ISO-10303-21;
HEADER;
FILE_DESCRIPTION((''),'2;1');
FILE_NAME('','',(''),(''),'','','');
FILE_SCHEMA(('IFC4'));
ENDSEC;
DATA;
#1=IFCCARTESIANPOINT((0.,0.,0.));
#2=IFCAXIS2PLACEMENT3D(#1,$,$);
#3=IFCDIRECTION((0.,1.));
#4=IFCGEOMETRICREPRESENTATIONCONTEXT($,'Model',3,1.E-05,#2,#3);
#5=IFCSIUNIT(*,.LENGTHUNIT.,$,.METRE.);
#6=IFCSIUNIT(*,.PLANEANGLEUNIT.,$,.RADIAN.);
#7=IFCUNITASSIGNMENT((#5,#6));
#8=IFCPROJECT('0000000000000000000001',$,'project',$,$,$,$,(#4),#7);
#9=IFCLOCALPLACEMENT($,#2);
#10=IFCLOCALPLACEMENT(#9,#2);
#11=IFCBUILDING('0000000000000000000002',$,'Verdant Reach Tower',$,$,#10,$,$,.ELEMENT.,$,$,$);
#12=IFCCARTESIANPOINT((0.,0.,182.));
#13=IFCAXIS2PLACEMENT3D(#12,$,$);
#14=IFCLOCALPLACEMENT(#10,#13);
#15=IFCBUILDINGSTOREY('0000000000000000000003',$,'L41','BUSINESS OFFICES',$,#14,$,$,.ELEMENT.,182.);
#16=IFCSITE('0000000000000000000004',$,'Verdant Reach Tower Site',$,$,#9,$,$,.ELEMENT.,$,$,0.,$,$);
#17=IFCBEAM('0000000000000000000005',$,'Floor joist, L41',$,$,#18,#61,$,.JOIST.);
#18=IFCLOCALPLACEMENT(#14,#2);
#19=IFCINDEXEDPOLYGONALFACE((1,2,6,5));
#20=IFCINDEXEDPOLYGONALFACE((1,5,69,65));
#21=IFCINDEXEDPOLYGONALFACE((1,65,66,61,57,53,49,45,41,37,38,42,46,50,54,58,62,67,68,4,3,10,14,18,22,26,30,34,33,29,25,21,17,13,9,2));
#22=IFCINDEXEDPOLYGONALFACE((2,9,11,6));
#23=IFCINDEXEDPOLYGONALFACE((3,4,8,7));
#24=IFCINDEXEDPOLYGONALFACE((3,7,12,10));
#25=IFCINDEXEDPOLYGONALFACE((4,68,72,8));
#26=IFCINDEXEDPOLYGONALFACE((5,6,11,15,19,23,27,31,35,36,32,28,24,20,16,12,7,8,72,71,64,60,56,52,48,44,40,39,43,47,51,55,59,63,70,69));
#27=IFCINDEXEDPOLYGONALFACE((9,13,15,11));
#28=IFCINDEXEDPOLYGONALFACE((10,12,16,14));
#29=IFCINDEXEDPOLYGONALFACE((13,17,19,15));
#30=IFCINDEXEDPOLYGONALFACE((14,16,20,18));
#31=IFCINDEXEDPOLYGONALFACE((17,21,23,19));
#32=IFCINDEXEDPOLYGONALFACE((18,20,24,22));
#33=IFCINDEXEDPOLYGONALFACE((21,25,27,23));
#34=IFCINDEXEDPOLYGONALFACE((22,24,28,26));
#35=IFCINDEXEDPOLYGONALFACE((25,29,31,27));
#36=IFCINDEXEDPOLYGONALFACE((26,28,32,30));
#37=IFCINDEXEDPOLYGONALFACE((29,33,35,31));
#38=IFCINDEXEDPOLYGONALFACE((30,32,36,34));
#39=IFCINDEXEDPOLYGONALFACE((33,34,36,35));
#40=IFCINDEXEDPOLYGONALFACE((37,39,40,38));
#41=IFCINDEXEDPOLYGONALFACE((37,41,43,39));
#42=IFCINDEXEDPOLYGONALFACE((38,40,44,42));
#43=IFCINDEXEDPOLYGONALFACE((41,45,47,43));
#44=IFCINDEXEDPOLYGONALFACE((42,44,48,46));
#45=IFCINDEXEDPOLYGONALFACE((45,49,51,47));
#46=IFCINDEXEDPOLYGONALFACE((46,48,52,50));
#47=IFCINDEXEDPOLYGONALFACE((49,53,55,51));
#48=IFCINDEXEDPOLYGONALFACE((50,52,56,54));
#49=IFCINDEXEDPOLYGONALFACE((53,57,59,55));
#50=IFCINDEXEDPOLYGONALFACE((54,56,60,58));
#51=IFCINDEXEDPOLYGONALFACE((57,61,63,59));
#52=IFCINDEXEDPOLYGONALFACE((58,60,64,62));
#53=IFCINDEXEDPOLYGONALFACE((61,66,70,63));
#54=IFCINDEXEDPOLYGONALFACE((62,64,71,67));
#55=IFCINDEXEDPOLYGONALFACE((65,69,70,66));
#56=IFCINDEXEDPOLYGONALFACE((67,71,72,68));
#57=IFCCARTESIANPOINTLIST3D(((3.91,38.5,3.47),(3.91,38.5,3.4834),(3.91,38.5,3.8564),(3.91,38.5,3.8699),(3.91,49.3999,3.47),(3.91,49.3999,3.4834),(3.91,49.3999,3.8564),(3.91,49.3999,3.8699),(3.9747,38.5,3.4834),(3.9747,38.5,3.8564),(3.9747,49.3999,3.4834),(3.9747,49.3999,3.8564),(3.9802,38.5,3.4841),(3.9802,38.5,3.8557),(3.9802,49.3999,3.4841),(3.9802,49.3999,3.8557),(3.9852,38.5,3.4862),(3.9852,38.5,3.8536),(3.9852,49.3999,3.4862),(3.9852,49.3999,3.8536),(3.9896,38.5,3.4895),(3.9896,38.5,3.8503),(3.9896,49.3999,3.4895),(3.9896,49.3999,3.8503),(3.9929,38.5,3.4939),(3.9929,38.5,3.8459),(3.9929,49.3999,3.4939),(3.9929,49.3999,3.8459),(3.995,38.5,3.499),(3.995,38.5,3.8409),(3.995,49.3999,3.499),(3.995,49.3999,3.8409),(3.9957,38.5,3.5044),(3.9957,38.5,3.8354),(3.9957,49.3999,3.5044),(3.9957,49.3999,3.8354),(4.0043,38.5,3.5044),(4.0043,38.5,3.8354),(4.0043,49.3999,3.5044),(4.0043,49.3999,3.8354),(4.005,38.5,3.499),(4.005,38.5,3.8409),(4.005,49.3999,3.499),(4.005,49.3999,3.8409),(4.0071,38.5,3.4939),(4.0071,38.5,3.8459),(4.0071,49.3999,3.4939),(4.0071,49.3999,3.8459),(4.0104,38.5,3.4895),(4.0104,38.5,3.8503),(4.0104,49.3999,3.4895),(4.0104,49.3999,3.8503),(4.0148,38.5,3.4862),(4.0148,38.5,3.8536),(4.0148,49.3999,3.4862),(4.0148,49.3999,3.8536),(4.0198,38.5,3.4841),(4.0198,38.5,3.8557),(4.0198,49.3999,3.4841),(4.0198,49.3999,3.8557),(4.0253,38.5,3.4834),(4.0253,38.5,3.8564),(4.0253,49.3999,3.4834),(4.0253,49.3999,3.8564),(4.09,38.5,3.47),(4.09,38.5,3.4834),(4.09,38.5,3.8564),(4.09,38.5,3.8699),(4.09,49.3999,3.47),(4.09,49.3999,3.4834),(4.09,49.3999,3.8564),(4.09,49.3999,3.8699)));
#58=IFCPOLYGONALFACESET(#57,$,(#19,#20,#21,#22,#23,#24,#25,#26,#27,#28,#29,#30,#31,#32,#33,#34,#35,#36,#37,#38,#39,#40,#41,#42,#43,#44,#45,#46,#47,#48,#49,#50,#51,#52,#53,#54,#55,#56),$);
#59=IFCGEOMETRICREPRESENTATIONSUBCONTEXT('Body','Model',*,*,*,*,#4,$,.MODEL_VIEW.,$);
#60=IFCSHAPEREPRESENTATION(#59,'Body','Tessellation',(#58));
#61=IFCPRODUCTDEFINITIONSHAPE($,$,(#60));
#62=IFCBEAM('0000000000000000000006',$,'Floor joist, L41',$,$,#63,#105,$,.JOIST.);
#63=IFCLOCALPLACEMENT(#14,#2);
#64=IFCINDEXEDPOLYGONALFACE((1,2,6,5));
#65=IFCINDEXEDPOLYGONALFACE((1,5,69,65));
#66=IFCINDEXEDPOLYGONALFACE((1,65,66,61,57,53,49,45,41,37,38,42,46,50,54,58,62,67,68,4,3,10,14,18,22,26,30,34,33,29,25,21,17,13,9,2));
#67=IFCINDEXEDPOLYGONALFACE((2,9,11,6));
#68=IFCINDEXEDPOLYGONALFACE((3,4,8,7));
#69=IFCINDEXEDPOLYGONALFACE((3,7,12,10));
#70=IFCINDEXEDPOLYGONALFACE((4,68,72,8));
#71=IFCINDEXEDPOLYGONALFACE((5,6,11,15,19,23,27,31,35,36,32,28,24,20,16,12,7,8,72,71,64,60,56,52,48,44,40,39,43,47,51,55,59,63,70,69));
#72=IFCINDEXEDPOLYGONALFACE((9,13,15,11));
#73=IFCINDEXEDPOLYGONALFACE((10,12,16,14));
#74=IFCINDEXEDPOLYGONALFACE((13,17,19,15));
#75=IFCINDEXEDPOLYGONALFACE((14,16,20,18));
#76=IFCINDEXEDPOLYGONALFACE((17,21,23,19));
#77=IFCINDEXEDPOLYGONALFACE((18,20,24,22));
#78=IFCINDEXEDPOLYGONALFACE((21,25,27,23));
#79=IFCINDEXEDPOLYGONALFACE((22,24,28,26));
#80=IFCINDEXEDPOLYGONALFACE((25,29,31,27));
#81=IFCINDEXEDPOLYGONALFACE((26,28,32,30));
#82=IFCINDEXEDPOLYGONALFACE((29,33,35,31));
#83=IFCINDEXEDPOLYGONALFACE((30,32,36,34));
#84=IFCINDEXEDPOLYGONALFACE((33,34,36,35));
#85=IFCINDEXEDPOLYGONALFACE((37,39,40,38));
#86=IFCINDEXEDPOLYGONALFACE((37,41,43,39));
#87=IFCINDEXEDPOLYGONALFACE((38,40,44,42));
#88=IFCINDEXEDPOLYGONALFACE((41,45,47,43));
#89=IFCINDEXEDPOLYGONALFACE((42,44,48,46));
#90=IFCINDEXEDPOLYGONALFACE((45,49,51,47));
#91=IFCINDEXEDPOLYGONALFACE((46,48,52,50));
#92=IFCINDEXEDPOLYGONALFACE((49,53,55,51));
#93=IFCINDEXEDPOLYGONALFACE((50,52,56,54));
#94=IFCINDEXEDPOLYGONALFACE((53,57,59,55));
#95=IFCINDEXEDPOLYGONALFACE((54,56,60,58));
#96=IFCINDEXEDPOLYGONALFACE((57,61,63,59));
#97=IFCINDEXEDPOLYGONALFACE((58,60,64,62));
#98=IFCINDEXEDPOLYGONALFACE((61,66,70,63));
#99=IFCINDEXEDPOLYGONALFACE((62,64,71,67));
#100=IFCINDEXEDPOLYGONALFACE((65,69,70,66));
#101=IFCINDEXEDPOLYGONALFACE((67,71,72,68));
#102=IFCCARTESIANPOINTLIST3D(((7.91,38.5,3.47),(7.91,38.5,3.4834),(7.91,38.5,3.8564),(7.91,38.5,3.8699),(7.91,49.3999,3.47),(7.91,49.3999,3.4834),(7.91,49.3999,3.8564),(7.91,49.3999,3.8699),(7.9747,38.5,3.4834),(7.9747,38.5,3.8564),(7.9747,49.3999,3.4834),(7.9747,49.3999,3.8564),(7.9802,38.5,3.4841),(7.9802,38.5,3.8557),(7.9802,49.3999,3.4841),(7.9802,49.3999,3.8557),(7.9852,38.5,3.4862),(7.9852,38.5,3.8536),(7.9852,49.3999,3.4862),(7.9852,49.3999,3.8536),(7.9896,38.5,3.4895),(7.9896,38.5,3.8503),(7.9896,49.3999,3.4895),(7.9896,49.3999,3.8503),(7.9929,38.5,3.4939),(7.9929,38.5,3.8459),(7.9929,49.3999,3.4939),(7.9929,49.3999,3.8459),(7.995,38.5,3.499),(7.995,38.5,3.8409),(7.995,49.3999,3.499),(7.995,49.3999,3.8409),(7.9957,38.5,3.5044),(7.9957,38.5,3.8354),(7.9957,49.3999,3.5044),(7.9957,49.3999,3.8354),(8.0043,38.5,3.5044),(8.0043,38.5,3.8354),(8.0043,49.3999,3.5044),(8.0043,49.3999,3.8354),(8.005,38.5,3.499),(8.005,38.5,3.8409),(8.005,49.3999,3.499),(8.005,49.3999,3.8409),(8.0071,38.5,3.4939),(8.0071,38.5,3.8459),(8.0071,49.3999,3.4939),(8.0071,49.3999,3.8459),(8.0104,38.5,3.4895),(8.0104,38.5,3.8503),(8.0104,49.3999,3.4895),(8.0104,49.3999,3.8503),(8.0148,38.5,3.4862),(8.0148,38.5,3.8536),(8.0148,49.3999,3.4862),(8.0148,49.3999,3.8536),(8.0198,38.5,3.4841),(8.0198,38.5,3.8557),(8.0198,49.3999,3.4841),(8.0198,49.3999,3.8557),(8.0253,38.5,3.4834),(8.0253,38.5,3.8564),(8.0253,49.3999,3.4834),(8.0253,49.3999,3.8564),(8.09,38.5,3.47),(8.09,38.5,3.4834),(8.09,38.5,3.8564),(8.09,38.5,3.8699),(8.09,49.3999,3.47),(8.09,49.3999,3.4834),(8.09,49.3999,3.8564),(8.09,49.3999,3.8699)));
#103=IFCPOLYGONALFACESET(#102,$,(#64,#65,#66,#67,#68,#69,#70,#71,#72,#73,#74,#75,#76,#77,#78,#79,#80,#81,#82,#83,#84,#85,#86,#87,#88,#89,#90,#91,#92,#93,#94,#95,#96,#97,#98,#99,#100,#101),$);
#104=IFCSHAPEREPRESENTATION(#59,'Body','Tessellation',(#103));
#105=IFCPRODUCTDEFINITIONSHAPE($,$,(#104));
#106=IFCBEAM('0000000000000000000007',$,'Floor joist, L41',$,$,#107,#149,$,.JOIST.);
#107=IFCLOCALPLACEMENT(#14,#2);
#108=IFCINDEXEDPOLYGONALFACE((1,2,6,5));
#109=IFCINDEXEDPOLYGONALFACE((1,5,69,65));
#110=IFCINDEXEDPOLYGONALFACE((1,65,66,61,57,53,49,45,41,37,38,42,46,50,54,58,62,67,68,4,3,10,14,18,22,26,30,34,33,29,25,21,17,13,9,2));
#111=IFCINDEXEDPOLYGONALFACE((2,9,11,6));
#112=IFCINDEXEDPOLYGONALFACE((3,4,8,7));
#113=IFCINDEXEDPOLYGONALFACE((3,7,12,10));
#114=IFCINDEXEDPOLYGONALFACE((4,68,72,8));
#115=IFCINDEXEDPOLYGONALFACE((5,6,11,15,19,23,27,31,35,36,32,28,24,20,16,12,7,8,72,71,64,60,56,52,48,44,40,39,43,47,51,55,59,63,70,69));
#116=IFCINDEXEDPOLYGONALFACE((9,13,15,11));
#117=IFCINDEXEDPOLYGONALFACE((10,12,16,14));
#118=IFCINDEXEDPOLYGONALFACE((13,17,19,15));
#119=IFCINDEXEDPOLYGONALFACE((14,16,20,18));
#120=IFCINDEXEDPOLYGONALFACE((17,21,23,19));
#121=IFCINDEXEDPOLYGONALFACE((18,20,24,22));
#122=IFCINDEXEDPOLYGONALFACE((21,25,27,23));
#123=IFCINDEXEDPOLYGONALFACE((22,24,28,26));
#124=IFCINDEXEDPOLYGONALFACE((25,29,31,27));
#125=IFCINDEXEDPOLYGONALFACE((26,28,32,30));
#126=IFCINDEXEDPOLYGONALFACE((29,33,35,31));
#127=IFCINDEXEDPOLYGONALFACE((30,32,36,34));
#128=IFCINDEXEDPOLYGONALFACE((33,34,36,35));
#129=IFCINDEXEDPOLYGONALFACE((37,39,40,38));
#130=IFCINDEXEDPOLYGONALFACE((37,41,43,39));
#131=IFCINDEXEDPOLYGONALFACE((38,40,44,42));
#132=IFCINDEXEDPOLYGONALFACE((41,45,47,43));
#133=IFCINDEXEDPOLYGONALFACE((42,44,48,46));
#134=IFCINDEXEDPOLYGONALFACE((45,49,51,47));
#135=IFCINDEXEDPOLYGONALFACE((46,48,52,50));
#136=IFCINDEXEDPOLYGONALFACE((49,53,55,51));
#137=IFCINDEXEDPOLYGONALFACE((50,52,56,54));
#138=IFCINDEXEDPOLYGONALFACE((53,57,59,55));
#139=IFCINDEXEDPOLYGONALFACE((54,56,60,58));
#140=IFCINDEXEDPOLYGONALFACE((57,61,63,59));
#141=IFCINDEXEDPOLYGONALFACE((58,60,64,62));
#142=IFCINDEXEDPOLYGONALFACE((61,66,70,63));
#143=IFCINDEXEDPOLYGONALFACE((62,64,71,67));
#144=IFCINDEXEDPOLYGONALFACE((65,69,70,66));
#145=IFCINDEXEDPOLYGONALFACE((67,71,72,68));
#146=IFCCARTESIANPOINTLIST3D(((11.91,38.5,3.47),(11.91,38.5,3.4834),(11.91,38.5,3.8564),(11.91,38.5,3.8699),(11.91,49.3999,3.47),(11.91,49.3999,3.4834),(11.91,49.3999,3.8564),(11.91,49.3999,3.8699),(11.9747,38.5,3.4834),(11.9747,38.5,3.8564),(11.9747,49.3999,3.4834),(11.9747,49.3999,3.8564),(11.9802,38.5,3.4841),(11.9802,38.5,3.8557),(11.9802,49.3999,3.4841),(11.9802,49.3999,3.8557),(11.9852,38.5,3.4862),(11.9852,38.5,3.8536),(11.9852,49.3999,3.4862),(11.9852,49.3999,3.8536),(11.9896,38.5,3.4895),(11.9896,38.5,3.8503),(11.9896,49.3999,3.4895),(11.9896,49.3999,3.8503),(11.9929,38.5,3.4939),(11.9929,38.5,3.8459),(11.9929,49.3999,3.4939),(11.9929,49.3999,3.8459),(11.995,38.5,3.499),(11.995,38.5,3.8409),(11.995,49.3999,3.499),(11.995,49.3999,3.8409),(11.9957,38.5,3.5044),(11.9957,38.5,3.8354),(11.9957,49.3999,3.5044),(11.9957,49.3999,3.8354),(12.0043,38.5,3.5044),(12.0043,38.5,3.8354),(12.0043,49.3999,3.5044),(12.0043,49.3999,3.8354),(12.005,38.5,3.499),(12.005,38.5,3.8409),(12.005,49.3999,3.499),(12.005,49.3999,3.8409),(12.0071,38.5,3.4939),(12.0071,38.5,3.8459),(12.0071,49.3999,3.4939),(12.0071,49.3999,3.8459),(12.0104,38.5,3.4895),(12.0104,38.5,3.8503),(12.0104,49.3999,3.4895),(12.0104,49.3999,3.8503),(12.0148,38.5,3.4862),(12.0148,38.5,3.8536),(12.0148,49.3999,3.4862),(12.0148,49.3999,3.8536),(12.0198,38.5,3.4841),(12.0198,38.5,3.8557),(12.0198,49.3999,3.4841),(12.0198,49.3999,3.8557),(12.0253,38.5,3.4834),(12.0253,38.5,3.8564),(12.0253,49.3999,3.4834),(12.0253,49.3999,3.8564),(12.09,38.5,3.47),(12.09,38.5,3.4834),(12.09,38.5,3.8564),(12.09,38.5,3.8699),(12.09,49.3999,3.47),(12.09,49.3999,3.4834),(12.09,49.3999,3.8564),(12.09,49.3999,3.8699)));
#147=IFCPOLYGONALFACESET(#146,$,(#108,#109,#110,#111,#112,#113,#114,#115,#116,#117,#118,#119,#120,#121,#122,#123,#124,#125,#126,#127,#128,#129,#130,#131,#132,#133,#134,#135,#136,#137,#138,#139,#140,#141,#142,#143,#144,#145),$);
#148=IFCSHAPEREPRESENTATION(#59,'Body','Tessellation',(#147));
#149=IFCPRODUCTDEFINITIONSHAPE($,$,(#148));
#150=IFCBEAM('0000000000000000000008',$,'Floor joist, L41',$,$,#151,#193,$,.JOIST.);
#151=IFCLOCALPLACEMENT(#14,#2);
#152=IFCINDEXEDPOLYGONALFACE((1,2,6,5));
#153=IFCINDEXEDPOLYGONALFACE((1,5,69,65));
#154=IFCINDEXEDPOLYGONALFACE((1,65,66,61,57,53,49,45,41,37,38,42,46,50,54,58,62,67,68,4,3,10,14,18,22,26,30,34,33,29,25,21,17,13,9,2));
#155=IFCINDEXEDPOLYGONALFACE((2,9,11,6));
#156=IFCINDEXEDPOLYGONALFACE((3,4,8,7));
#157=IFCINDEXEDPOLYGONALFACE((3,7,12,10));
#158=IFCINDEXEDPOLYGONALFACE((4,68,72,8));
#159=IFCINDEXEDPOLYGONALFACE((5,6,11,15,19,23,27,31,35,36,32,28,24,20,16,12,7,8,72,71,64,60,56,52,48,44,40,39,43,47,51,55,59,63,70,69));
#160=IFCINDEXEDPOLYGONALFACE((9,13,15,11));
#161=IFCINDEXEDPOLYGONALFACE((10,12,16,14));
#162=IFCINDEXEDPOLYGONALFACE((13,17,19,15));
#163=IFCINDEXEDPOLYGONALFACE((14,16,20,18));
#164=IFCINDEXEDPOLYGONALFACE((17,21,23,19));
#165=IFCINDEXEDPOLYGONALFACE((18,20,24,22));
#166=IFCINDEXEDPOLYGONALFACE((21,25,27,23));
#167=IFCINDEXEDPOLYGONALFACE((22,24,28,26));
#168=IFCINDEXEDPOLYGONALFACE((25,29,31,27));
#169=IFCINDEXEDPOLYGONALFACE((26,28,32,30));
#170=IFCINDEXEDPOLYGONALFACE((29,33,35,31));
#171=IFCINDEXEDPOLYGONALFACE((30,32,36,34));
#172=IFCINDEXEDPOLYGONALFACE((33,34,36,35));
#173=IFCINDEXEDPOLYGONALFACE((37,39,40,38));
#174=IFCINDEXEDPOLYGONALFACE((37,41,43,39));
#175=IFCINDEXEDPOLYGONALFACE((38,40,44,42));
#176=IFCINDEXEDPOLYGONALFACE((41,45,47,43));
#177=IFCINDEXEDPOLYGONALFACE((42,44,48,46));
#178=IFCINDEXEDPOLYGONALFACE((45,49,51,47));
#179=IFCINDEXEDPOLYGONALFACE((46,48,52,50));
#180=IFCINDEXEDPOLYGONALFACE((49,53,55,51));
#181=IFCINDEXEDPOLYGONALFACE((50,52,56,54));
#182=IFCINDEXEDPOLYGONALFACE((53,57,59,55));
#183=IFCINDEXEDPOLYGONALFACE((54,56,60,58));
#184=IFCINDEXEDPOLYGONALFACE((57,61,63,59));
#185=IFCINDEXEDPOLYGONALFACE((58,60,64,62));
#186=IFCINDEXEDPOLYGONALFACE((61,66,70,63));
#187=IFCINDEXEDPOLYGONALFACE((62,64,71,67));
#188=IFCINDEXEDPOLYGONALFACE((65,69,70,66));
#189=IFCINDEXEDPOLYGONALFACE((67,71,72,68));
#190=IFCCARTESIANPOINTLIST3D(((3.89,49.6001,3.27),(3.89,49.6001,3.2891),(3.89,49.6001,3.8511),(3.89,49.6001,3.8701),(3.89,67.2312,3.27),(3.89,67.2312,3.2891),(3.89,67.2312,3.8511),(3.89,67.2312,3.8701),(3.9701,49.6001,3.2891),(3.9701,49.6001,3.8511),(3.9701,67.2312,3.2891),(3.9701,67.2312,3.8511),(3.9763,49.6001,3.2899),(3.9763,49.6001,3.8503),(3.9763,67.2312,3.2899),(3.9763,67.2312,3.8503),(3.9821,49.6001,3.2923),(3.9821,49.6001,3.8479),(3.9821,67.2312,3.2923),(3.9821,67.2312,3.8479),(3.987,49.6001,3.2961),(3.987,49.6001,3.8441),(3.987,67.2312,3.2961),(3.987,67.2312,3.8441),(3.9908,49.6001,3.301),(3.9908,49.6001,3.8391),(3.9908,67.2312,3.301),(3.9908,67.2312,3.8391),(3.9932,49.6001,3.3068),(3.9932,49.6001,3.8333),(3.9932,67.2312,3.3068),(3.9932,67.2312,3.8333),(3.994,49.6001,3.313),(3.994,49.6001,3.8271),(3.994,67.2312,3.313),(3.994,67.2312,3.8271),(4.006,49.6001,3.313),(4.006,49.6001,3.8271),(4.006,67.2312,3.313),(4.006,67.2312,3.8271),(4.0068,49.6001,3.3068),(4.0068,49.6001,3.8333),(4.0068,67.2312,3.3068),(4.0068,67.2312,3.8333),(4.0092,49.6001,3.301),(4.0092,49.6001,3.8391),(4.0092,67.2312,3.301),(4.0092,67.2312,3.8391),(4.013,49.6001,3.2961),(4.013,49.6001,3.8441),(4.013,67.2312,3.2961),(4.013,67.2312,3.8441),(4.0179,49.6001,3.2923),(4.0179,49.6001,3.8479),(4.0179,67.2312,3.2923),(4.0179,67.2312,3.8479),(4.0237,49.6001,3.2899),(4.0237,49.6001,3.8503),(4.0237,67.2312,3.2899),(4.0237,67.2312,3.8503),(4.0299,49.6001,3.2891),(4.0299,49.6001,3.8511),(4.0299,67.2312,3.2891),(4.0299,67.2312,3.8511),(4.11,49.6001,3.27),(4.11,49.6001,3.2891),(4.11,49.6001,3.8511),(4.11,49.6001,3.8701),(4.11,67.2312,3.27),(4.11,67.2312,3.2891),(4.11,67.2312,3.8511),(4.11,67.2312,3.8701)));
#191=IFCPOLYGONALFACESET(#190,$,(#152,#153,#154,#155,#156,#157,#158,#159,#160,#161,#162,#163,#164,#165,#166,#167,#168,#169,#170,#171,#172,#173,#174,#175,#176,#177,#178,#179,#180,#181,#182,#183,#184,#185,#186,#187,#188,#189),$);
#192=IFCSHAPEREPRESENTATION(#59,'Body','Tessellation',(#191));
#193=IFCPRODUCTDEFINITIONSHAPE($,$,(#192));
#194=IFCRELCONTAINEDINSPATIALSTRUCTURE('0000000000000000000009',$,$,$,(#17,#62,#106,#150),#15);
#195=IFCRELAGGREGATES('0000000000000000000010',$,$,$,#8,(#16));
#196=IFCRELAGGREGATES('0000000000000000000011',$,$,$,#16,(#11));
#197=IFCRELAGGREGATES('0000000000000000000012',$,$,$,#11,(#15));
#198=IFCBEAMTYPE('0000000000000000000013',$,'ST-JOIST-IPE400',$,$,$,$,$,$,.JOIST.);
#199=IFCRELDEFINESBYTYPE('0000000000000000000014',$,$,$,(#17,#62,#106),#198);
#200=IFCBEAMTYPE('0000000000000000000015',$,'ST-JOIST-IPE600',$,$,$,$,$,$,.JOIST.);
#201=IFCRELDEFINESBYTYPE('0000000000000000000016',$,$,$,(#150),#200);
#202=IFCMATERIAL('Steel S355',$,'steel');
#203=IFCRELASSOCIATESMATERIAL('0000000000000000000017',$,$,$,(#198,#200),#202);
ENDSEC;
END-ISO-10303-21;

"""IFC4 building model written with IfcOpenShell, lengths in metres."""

from ifc_helpers import new_model, si_unit, direction, frame, origin, origin_2d, place, context, subcontext, project, spatial, i_section, extrude, material, material_profile, profile_set, type_object, element, save


model = new_model("IFC4")

# Units and contexts
model_context = context("Model", 3, precision=1e-05, world=origin(), true_north=direction((0.0, 1.0)))
body_context = subcontext(model_context, "Body", "Model", "MODEL_VIEW")
ifc_project = project(units=[si_unit("LENGTHUNIT", "METRE"), si_unit("PLANEANGLEUNIT", "RADIAN")], contexts=[model_context])

# Site, building, storey
site_placement = place(None, origin())
site = spatial("IfcSite", under=ifc_project, at=site_placement, Name="Verdant Reach Tower Site", CompositionType="ELEMENT", RefElevation=0.0)
building_placement = place(site_placement, origin())
building = spatial("IfcBuilding", under=site, at=building_placement, Name="Verdant Reach Tower", CompositionType="ELEMENT")
storey_placement = place(building_placement, frame((0.0, 0.0, 182.0)))
storey = spatial("IfcBuildingStorey", under=building, at=storey_placement, Name="L41", Description="BUSINESS OFFICES", CompositionType="ELEMENT", Elevation=182.0)

# Beams
ifc_material_1 = material(Name="Steel S355", Category="steel")
ifc_material_profile_1 = material_profile(ifc_material_1, i_section(OverallWidth=0.1799, OverallDepth=0.3999, WebThickness=0.0085, FlangeThickness=0.0134, FilletRadius=0.021, at=origin_2d()), Name="IPE 400")
ifc_profile_set_1 = profile_set([ifc_material_profile_1], Name="Steel S355")
beam_type_1 = type_object("IfcBeamType", Name="ST-JOIST-IPE400", PredefinedType="JOIST", material=ifc_profile_set_1)
for number, where, z_axis, x_axis, name in (
    (1, (4.0, 38.5, 3.6699), (0.0, 1.0, 0.0), (-1.0, 0.0, 0.0), "Floor joist, L41"),
    (2, (8.0, 38.5, 3.6699), (0.0, 1.0, 0.0), (-1.0, 0.0, 0.0), "Floor joist, L41"),
    (3, (12.0, 38.5, 3.6699), (0.0, 1.0, 0.0), (-1.0, 0.0, 0.0), "Floor joist, L41"),
):
    element("IfcBeam", number, at=place(storey_placement, frame(where, z_axis=z_axis, x_axis=x_axis)), inside=storey, type_object=beam_type_1, Name=name, PredefinedType="JOIST", context=body_context, shape_type="SweptSolid", body=[
        extrude(i_section(OverallWidth=0.1799, OverallDepth=0.3999, WebThickness=0.0085, FlangeThickness=0.0134, FilletRadius=0.021, at=origin_2d()), origin(), (0.0, 0.0, 1.0), 10.8999),
    ])
ifc_material_profile_2 = material_profile(ifc_material_1, i_section(OverallWidth=0.22, OverallDepth=0.6001, WebThickness=0.012, FlangeThickness=0.019, FilletRadius=0.0239, at=origin_2d()), Name="IPE 600")
ifc_profile_set_2 = profile_set([ifc_material_profile_2], Name="Steel S355")
beam_type_2 = type_object("IfcBeamType", Name="ST-JOIST-IPE600", PredefinedType="JOIST", material=ifc_profile_set_2)
beam_1_placement = place(storey_placement, frame((4.0, 49.6001, 3.5701), z_axis=(0.0, 1.0, 0.0), x_axis=(-1.0, 0.0, 0.0)))
element("IfcBeam", 4, at=beam_1_placement, inside=storey, type_object=beam_type_2, Name="Floor joist, L41", PredefinedType="JOIST", context=body_context, shape_type="SweptSolid", body=[
    extrude(i_section(OverallWidth=0.22, OverallDepth=0.6001, WebThickness=0.012, FlangeThickness=0.019, FilletRadius=0.0239, at=origin_2d()), origin(), (0.0, 0.0, 1.0), 17.6311),
])

save(model, "model.ifc")
